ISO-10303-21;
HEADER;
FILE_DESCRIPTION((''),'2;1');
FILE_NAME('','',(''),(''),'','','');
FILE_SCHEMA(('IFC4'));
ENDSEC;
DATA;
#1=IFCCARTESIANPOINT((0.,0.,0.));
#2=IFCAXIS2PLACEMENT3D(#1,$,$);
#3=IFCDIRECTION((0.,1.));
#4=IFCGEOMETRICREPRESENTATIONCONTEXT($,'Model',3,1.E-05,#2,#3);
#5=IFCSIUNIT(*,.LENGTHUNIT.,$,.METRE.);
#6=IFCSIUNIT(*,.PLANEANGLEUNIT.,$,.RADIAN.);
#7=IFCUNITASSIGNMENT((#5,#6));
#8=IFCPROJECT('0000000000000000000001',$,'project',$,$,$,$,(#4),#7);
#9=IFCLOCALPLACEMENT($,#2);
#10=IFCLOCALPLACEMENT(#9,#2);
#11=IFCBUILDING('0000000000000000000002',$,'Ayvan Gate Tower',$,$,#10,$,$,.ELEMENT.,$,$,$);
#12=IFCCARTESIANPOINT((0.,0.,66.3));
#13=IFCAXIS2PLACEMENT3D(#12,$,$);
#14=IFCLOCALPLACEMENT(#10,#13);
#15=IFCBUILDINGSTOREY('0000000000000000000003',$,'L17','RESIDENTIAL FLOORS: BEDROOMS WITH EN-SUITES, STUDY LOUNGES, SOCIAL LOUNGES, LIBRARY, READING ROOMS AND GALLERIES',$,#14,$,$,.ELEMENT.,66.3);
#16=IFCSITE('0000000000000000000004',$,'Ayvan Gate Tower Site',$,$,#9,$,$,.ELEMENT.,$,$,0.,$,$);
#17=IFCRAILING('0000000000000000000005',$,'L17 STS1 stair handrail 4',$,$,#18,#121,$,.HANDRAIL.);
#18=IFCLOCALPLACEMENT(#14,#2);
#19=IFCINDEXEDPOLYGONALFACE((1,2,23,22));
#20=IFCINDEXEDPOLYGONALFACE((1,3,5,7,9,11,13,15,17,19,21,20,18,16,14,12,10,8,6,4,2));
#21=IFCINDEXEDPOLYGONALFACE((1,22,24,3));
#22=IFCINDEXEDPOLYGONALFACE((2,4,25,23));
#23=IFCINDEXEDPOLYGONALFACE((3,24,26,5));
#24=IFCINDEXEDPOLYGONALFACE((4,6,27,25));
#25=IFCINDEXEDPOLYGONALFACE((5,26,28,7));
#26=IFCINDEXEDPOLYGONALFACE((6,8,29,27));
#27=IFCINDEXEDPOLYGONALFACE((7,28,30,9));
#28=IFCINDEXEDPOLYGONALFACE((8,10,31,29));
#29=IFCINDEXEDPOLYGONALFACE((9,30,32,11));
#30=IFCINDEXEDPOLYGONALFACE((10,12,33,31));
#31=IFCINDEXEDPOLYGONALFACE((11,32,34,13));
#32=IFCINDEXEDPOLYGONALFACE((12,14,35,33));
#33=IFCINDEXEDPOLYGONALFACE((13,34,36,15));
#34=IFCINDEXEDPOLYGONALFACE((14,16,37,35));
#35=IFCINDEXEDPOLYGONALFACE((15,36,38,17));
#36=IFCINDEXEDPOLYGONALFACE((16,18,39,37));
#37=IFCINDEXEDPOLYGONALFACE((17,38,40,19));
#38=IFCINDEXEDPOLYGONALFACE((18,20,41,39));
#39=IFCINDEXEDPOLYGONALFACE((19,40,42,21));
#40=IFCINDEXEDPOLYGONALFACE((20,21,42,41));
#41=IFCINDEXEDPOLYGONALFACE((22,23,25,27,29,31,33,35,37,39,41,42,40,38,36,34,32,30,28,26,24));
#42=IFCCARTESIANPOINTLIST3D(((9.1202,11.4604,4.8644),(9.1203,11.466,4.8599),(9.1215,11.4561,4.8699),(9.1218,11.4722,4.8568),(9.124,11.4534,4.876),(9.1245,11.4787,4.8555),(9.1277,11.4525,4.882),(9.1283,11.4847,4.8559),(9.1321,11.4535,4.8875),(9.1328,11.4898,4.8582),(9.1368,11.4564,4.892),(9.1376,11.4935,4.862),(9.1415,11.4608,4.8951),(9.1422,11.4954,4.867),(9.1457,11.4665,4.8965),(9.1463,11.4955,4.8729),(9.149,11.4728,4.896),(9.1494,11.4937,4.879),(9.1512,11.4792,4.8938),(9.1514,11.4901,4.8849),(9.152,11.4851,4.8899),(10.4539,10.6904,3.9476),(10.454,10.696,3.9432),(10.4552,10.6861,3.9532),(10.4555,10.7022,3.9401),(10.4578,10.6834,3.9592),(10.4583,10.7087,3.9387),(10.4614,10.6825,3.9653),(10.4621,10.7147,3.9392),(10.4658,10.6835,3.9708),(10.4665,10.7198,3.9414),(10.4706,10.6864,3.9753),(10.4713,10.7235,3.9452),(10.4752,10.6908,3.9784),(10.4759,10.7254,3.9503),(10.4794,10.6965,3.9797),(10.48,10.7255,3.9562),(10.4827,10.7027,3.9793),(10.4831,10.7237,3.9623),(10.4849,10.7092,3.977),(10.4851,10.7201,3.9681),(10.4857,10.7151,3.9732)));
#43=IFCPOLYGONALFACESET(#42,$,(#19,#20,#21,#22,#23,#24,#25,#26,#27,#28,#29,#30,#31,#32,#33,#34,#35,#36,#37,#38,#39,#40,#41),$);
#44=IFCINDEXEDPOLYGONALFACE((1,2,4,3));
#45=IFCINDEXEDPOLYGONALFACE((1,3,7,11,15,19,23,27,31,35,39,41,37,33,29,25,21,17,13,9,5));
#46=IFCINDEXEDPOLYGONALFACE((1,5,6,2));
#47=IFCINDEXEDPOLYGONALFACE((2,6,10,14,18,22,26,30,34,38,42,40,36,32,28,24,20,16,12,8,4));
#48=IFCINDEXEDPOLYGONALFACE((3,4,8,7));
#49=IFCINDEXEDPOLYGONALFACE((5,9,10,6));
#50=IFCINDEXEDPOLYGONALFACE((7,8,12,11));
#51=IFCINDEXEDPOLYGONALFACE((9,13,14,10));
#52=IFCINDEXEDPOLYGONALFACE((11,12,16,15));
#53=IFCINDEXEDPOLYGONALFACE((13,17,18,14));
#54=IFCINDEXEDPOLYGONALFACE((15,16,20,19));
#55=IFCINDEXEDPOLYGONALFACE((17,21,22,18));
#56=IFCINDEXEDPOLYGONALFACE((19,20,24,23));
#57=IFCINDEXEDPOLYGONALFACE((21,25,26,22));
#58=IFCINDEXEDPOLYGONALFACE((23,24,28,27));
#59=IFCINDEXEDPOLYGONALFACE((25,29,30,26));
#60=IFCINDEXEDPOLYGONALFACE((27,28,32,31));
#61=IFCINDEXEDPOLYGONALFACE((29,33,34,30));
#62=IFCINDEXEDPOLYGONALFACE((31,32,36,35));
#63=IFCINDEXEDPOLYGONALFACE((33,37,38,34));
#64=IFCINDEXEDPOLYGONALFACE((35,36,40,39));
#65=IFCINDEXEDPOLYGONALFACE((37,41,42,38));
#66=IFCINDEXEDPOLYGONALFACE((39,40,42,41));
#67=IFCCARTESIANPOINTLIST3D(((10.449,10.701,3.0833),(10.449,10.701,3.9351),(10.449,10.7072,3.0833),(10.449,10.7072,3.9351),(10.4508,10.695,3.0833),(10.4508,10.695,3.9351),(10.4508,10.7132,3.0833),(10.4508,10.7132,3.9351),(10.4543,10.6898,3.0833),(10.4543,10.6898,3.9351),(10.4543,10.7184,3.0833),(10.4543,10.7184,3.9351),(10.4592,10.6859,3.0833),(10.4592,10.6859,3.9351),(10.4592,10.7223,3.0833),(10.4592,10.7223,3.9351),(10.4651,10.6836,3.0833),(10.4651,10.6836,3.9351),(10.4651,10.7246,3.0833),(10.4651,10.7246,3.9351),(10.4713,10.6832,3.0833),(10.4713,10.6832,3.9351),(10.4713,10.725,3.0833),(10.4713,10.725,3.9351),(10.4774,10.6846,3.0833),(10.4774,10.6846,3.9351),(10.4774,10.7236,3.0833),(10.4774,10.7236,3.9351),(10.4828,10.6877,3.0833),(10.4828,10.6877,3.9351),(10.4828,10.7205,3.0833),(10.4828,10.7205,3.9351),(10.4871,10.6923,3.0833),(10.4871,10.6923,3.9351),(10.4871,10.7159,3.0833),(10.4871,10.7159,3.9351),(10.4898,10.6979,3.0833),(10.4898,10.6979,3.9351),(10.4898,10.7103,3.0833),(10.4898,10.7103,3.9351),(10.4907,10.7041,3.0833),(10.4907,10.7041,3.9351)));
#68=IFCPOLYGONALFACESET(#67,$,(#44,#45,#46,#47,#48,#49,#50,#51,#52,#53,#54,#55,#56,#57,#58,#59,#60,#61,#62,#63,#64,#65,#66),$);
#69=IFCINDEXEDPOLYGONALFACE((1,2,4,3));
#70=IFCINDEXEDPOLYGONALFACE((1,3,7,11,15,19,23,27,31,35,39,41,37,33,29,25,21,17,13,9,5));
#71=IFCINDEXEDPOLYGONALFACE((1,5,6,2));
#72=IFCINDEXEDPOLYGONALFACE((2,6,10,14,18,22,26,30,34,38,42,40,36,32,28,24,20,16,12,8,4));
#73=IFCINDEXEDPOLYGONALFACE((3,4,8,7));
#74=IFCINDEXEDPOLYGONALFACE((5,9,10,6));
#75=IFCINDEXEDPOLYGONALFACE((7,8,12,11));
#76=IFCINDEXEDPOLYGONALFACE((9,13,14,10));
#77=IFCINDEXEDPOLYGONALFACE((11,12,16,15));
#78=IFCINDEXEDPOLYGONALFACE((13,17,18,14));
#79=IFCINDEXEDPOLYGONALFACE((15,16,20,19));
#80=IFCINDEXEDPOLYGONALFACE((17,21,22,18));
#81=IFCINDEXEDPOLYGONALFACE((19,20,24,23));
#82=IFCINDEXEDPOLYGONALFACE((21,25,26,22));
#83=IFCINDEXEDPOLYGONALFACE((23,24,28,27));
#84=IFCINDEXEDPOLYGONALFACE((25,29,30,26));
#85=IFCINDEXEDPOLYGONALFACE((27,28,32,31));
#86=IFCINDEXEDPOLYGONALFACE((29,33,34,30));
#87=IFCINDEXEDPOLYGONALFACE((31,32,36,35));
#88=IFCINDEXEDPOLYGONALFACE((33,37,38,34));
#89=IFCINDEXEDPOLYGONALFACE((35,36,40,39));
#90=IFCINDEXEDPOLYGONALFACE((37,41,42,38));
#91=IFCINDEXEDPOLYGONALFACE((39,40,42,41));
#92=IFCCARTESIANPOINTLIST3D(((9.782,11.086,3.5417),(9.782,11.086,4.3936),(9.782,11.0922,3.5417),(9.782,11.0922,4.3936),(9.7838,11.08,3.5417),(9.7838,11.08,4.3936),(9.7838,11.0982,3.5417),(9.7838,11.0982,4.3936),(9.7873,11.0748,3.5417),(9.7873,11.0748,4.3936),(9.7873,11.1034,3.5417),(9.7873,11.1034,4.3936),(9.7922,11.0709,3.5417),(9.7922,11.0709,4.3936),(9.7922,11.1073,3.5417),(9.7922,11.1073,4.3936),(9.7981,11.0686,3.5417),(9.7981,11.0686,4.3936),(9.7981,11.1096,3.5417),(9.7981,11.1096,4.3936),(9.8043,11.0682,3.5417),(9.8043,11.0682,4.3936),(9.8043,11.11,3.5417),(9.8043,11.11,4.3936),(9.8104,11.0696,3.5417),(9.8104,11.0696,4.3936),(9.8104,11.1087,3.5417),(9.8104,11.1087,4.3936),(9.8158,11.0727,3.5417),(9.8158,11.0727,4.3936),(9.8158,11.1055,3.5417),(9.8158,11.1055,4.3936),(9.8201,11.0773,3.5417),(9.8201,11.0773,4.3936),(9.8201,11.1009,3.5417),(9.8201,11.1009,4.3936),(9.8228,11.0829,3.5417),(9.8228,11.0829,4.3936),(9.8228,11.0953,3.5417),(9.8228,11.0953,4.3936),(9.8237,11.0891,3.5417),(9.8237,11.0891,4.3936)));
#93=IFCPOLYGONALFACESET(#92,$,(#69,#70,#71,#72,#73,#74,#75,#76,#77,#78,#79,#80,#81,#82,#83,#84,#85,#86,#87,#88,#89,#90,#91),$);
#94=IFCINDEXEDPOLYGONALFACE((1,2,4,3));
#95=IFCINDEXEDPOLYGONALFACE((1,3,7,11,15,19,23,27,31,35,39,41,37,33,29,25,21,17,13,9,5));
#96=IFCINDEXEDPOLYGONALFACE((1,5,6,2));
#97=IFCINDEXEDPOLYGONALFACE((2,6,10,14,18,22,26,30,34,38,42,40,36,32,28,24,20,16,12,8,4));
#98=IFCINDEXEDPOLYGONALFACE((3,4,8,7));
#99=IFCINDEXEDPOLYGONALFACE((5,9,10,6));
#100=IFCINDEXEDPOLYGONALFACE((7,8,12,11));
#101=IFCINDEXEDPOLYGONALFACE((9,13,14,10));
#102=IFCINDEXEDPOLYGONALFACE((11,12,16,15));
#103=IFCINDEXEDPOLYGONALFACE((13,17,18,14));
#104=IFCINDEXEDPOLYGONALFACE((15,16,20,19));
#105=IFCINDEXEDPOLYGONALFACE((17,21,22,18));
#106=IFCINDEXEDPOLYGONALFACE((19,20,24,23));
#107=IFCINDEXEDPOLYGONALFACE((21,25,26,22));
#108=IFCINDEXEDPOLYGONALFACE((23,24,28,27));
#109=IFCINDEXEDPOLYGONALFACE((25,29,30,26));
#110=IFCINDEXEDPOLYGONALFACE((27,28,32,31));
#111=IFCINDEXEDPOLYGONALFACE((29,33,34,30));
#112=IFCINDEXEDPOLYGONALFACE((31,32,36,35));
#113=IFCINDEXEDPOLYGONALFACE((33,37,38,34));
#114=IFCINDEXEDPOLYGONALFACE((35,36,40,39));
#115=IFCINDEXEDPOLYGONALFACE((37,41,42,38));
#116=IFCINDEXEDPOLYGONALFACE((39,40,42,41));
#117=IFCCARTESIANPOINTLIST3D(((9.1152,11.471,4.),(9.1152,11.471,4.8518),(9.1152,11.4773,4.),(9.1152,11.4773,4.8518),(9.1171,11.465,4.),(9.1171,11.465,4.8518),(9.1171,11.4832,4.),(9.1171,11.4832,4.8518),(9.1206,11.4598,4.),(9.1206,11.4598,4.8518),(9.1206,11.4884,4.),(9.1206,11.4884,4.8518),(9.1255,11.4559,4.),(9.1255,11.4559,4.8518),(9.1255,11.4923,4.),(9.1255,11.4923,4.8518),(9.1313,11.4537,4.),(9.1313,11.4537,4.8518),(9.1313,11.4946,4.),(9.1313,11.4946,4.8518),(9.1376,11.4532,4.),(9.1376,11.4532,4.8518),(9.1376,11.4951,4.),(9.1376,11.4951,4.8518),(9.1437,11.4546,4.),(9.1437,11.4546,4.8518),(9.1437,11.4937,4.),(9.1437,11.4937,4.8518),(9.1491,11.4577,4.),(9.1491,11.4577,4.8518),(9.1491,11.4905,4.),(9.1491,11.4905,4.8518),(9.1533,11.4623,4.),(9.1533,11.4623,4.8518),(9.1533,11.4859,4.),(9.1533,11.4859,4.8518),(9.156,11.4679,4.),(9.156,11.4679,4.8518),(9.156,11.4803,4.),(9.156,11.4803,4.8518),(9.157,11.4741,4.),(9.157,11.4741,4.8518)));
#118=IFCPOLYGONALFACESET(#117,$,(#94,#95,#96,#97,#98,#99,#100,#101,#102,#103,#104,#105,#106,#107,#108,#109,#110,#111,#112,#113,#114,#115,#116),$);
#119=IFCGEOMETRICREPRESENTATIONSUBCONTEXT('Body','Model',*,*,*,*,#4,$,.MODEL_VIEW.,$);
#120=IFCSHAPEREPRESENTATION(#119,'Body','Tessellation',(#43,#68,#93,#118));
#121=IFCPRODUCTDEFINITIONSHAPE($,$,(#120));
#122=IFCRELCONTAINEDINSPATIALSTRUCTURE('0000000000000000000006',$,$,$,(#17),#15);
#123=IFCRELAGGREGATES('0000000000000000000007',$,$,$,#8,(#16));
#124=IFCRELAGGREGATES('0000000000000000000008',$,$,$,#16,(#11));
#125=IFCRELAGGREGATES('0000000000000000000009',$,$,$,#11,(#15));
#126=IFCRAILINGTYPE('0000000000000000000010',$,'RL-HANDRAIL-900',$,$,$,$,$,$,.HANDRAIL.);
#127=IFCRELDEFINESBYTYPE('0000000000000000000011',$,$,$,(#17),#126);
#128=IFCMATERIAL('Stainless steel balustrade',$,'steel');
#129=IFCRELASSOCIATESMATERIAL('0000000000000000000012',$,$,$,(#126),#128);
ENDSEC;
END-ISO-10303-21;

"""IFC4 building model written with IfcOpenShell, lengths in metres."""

from ifc_helpers import new_model, si_unit, direction, frame, origin, origin_2d, place, context, subcontext, project, spatial, circle, extrude, material, type_object, element, save


model = new_model("IFC4")

# Units and contexts
model_context = context("Model", 3, precision=1e-05, world=origin(), true_north=direction((0.0, 1.0)))
body_context = subcontext(model_context, "Body", "Model", "MODEL_VIEW")
ifc_project = project(units=[si_unit("LENGTHUNIT", "METRE"), si_unit("PLANEANGLEUNIT", "RADIAN")], contexts=[model_context])

# Site, building, storey
site_placement = place(None, origin())
site = spatial("IfcSite", under=ifc_project, at=site_placement, Name="Ayvan Gate Tower Site", CompositionType="ELEMENT", RefElevation=0.0)
building_placement = place(site_placement, origin())
building = spatial("IfcBuilding", under=site, at=building_placement, Name="Ayvan Gate Tower", CompositionType="ELEMENT")
storey_placement = place(building_placement, frame((0.0, 0.0, 66.3)))
storey = spatial("IfcBuildingStorey", under=building, at=storey_placement, Name="L17", Description="RESIDENTIAL FLOORS: BEDROOMS WITH EN-SUITES, STUDY LOUNGES, SOCIAL LOUNGES, LIBRARY, READING ROOMS AND GALLERIES", CompositionType="ELEMENT", Elevation=66.3)

# Railing
ifc_material_1 = material(Name="Stainless steel balustrade", Category="steel")
railing_type_1 = type_object("IfcRailingType", Name="RL-HANDRAIL-900", PredefinedType="HANDRAIL", material=ifc_material_1)
railing_1_placement = place(storey_placement, frame((10.4697, 10.7041, 3.0833)))
element("IfcRailing", 1, at=railing_1_placement, inside=storey, type_object=railing_type_1, Name="L17 STS1 stair handrail 4", PredefinedType="HANDRAIL", context=body_context, shape_type="SweptSolid", body=[
    extrude(circle(Radius=0.0239, at=origin_2d()), frame((0.0, 0.0, 0.876), z_axis=(-0.744164, 0.429634, 0.511502), x_axis=(-0.499992, -0.86603, 0.0)), (0.0, 0.0, 1.0), 1.7922),
    extrude(circle(Radius=0.021, at=origin_2d()), origin(), (0.0, 0.0, 1.0), 0.8518),
    extrude(circle(Radius=0.021, at=origin_2d()), frame((-0.667, 0.385, 0.4585)), (0.0, 0.0, 1.0), 0.8518),
    extrude(circle(Radius=0.021, at=origin_2d()), frame((-1.3337, 0.77, 0.9167)), (0.0, 0.0, 1.0), 0.8518),
])

save(model, "model.ifc")
